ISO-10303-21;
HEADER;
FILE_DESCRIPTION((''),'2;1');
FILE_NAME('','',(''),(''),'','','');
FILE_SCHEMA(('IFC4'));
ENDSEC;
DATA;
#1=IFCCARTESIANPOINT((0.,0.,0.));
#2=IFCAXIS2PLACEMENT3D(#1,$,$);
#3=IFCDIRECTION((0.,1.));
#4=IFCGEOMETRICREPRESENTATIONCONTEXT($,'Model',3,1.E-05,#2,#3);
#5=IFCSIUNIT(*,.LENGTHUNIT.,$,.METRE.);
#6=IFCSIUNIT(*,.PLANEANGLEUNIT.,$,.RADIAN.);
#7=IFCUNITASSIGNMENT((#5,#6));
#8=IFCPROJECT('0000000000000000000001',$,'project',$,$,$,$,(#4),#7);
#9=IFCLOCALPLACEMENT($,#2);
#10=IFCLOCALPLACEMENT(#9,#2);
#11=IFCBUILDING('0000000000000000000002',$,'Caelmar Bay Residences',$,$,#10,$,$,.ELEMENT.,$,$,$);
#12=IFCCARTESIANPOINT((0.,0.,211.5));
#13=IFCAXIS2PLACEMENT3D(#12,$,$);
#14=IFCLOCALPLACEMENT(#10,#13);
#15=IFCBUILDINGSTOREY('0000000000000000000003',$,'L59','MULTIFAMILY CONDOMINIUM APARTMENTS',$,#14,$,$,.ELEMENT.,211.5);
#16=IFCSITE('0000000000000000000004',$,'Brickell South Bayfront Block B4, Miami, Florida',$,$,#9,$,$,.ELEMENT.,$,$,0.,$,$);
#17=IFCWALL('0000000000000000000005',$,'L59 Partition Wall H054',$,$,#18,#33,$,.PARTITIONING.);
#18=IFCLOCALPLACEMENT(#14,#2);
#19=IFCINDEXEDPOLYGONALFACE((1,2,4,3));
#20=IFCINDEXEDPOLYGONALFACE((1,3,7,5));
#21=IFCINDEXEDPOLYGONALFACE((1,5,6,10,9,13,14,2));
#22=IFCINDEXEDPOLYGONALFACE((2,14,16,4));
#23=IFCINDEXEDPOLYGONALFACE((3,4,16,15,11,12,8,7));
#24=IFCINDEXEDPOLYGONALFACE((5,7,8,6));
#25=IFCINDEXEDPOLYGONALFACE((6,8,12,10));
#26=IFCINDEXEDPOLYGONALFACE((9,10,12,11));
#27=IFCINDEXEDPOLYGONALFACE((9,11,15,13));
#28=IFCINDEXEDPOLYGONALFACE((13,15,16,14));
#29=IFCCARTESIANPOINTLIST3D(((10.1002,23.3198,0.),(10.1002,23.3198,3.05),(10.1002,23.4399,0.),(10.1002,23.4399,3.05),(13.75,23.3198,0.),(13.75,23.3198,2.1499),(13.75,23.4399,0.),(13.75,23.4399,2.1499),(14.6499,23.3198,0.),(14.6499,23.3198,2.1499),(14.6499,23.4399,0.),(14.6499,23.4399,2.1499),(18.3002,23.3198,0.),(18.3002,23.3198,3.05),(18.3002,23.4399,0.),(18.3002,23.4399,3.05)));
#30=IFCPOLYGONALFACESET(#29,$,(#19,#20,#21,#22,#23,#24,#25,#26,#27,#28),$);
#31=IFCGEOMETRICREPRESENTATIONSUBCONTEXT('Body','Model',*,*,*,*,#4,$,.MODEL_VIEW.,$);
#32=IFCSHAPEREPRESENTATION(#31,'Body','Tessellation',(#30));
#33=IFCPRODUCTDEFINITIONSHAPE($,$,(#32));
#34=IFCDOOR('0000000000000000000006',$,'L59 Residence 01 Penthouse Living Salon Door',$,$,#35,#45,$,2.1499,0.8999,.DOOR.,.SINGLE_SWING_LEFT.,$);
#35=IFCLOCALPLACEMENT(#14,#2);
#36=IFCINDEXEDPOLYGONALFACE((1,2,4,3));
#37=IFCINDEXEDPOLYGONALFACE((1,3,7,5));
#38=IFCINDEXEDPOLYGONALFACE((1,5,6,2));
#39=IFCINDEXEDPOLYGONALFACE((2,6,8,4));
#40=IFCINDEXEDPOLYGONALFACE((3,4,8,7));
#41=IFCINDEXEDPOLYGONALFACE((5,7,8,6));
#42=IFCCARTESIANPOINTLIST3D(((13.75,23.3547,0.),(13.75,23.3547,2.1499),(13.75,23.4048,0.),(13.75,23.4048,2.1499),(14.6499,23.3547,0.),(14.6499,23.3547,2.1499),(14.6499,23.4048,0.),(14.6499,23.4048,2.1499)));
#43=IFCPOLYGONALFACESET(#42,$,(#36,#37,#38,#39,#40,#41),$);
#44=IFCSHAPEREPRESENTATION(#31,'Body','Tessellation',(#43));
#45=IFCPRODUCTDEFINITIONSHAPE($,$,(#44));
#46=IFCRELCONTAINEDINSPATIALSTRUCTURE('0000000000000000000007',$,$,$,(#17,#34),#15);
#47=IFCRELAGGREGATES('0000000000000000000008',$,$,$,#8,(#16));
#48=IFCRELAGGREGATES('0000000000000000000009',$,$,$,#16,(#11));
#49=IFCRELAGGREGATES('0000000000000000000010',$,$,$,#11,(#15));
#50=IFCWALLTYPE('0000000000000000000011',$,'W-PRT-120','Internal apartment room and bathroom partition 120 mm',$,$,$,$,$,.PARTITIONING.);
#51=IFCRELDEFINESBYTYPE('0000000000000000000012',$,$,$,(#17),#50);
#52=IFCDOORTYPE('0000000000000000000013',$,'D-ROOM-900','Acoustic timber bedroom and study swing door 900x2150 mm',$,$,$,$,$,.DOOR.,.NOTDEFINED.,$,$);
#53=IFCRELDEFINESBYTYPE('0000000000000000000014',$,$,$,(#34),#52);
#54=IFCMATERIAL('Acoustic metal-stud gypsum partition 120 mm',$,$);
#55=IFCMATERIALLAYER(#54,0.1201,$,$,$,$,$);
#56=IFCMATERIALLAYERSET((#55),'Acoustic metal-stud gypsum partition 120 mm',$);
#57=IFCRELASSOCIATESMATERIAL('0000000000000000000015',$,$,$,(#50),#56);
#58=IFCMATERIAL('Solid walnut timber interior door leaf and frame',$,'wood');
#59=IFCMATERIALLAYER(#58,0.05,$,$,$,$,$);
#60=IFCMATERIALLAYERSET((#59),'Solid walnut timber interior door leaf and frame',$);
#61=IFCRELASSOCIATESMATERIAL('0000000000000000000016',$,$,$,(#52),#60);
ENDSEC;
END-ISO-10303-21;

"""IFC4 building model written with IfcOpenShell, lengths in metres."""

from ifc_helpers import new_model, si_unit, direction, frame, frame_2d, origin, place, context, subcontext, project, spatial, rectangle, extrude, material, layer, layer_set, type_object, element, fill, save


model = new_model("IFC4")

# Units and contexts
model_context = context("Model", 3, precision=1e-05, world=origin(), true_north=direction((0.0, 1.0)))
body_context = subcontext(model_context, "Body", "Model", "MODEL_VIEW")
ifc_project = project(units=[si_unit("LENGTHUNIT", "METRE"), si_unit("PLANEANGLEUNIT", "RADIAN")], contexts=[model_context])

# Site, building, storey
site_placement = place(None, origin())
site = spatial("IfcSite", under=ifc_project, at=site_placement, Name="Brickell South Bayfront Block B4, Miami, Florida", CompositionType="ELEMENT", RefElevation=0.0)
building_placement = place(site_placement, origin())
building = spatial("IfcBuilding", under=site, at=building_placement, Name="Caelmar Bay Residences", CompositionType="ELEMENT")
storey_placement = place(building_placement, frame((0.0, 0.0, 211.5)))
storey = spatial("IfcBuildingStorey", under=building, at=storey_placement, Name="L59", Description="MULTIFAMILY CONDOMINIUM APARTMENTS", CompositionType="ELEMENT", Elevation=211.5)

# Shared definitions
ifc_material_1 = material(Name="Acoustic metal-stud gypsum partition 120 mm")
ifc_layer_1 = layer(ifc_material_1, 0.1201)
ifc_layer_set_1 = layer_set([ifc_layer_1], Name="Acoustic metal-stud gypsum partition 120 mm")
wall_type_1 = type_object("IfcWallType", Name="W-PRT-120", Description="Internal apartment room and bathroom partition 120 mm", PredefinedType="PARTITIONING", material=ifc_layer_set_1)
ifc_material_2 = material(Name="Solid walnut timber interior door leaf and frame", Category="wood")
ifc_layer_2 = layer(ifc_material_2, 0.05)
ifc_layer_set_2 = layer_set([ifc_layer_2], Name="Solid walnut timber interior door leaf and frame")
door_type = type_object("IfcDoorType", Name="D-ROOM-900", Description="Acoustic timber bedroom and study swing door 900x2150 mm", OperationType="NOTDEFINED", PredefinedType="DOOR", material=ifc_layer_set_2)

# Wall, opening, door
wall_1_placement = place(storey_placement, frame((10.1001, 23.3799, 0.0), z_axis=(0.0, 0.0, 1.0), x_axis=(1.0, 0.0, 0.0)))
wall_1 = element("IfcWall", 1, at=wall_1_placement, inside=storey, type_object=wall_type_1, Name="L59 Partition Wall H054", PredefinedType="PARTITIONING", context=body_context, shape_type="SweptSolid", body=[
    extrude(rectangle(XDim=8.2, YDim=0.1201, at=frame_2d((4.1001, 0.0))), origin(), (0.0, 0.0, 1.0), 3.05),
])
opening_1_placement = place(wall_1_placement, frame((3.6499, 0.0, 0.0)))
opening_1 = element("IfcOpeningElement", 2, at=opening_1_placement, cuts=wall_1, PredefinedType="OPENING", context=body_context, shape_type="SweptSolid", body=[
    extrude(rectangle(XDim=0.8999, YDim=2.1499, at=frame_2d((0.45, 1.075))), frame((0.0, 0.0701, 0.0), z_axis=(0.0, -1.0, 0.0), x_axis=(1.0, 0.0, 0.0)), (0.0, 0.0, 1.0), 0.1401),
])
door_1_placement = place(opening_1_placement, origin())
door_1 = element("IfcDoor", 3, at=door_1_placement, inside=storey, type_object=door_type, Name="L59 Residence 01 Penthouse Living Salon Door", OperationType="SINGLE_SWING_LEFT", OverallHeight=2.1499, OverallWidth=0.8999, PredefinedType="DOOR", context=body_context, shape_type="SweptSolid", body=[
    extrude(rectangle(XDim=0.8999, YDim=2.1499, at=frame_2d((0.45, 1.075))), frame((0.0, 0.0249, 0.0), z_axis=(0.0, -1.0, 0.0), x_axis=(1.0, 0.0, 0.0)), (0.0, 0.0, 1.0), 0.05),
])
fill(opening_1, door_1)

save(model, "model.ifc")
